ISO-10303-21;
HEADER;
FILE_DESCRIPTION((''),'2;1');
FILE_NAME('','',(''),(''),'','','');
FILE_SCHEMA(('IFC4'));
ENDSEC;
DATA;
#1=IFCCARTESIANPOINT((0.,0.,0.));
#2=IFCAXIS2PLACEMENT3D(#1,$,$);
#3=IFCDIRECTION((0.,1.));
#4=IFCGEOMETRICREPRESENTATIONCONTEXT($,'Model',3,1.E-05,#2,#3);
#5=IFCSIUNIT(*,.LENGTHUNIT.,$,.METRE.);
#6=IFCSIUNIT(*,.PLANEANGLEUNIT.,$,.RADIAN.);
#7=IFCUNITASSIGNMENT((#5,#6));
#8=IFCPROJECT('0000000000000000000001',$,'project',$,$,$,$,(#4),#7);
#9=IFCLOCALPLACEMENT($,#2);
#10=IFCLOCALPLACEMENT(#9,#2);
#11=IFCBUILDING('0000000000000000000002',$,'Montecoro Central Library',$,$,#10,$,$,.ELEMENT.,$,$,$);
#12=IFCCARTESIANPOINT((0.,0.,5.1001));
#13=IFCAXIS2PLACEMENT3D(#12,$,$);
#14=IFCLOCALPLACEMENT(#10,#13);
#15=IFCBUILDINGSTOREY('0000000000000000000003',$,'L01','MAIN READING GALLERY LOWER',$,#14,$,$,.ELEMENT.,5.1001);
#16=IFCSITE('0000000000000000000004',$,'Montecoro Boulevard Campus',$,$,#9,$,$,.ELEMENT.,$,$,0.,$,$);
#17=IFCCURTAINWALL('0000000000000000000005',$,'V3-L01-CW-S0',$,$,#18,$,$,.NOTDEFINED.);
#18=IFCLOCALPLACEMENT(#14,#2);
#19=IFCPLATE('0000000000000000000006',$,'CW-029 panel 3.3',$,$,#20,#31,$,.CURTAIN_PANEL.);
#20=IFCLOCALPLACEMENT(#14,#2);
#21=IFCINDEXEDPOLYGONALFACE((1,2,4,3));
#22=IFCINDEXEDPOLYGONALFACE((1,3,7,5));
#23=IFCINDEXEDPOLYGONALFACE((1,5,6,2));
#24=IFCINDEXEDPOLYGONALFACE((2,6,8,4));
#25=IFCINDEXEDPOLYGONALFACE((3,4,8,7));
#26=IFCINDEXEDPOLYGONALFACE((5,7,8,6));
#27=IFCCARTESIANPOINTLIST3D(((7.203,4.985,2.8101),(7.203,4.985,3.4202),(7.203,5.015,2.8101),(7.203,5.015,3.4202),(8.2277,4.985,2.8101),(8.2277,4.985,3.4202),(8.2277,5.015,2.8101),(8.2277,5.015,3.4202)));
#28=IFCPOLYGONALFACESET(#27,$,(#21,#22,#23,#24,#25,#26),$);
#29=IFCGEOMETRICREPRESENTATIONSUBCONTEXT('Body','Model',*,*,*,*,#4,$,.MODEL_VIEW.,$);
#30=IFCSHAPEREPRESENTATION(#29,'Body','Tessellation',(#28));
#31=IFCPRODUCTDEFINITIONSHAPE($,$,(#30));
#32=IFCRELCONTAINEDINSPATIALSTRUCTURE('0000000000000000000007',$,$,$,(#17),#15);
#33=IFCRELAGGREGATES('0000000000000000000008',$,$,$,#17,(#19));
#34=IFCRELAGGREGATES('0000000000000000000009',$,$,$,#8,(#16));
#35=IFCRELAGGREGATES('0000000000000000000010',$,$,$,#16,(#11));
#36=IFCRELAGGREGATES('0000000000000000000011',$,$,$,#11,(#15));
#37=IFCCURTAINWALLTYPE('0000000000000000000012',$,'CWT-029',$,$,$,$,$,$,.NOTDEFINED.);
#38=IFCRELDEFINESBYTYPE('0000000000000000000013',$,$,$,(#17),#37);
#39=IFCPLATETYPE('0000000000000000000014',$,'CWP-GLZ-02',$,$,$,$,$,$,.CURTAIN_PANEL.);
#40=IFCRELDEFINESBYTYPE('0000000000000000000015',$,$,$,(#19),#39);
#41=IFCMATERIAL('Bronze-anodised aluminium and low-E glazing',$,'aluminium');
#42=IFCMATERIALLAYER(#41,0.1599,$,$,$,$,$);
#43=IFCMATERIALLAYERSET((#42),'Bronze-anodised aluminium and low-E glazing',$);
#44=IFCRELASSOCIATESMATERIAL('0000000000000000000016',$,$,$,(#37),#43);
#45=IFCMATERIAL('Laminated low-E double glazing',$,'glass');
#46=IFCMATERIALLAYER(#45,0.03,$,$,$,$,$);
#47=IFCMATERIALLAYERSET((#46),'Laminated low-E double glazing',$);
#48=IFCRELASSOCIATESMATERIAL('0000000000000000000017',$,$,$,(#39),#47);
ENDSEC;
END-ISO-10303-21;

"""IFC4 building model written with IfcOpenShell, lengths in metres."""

from ifc_helpers import new_model, si_unit, direction, frame, origin, origin_2d, place, context, subcontext, project, spatial, rectangle, extrude, material, layer, layer_set, type_object, element, aggregate, save


model = new_model("IFC4")

# Units and contexts
model_context = context("Model", 3, precision=1e-05, world=origin(), true_north=direction((0.0, 1.0)))
body_context = subcontext(model_context, "Body", "Model", "MODEL_VIEW")
ifc_project = project(units=[si_unit("LENGTHUNIT", "METRE"), si_unit("PLANEANGLEUNIT", "RADIAN")], contexts=[model_context])

# Site, building, storey
site_placement = place(None, origin())
site = spatial("IfcSite", under=ifc_project, at=site_placement, Name="Montecoro Boulevard Campus", CompositionType="ELEMENT", RefElevation=0.0)
building_placement = place(site_placement, origin())
building = spatial("IfcBuilding", under=site, at=building_placement, Name="Montecoro Central Library", CompositionType="ELEMENT")
storey_placement = place(building_placement, frame((0.0, 0.0, 5.1001)))
storey = spatial("IfcBuildingStorey", under=building, at=storey_placement, Name="L01", Description="MAIN READING GALLERY LOWER", CompositionType="ELEMENT", Elevation=5.1001)

# Curtain wall, plate
ifc_material_1 = material(Name="Bronze-anodised aluminium and low-E glazing", Category="aluminium")
ifc_layer_1 = layer(ifc_material_1, 0.1599)
ifc_layer_set_1 = layer_set([ifc_layer_1], Name="Bronze-anodised aluminium and low-E glazing")
curtain_wall_type = type_object("IfcCurtainWallType", Name="CWT-029", PredefinedType="NOTDEFINED", material=ifc_layer_set_1)
curtain_wall_placement = place(storey_placement, origin())
curtain_wall = element("IfcCurtainWall", 1, at=curtain_wall_placement, inside=storey, type_object=curtain_wall_type, Name="V3-L01-CW-S0", PredefinedType="NOTDEFINED")
ifc_material_2 = material(Name="Laminated low-E double glazing", Category="glass")
ifc_layer_2 = layer(ifc_material_2, 0.03)
ifc_layer_set_2 = layer_set([ifc_layer_2], Name="Laminated low-E double glazing")
plate_type = type_object("IfcPlateType", Name="CWP-GLZ-02", PredefinedType="CURTAIN_PANEL", material=ifc_layer_set_2)
plate_1_placement = place(storey_placement, frame((7.7153, 5.0, 2.8101), z_axis=(0.0, 0.0, 1.0), x_axis=(1.0, 0.0, 0.0)))
plate_1 = element("IfcPlate", 2, at=plate_1_placement, type_object=plate_type, Name="CW-029 panel 3.3", PredefinedType="CURTAIN_PANEL", context=body_context, shape_type="SweptSolid", body=[
    extrude(rectangle(XDim=1.0247, YDim=0.03, at=origin_2d()), origin(), (0.0, 0.0, 1.0), 0.6101),
])
aggregate(curtain_wall, [plate_1])

save(model, "model.ifc")
